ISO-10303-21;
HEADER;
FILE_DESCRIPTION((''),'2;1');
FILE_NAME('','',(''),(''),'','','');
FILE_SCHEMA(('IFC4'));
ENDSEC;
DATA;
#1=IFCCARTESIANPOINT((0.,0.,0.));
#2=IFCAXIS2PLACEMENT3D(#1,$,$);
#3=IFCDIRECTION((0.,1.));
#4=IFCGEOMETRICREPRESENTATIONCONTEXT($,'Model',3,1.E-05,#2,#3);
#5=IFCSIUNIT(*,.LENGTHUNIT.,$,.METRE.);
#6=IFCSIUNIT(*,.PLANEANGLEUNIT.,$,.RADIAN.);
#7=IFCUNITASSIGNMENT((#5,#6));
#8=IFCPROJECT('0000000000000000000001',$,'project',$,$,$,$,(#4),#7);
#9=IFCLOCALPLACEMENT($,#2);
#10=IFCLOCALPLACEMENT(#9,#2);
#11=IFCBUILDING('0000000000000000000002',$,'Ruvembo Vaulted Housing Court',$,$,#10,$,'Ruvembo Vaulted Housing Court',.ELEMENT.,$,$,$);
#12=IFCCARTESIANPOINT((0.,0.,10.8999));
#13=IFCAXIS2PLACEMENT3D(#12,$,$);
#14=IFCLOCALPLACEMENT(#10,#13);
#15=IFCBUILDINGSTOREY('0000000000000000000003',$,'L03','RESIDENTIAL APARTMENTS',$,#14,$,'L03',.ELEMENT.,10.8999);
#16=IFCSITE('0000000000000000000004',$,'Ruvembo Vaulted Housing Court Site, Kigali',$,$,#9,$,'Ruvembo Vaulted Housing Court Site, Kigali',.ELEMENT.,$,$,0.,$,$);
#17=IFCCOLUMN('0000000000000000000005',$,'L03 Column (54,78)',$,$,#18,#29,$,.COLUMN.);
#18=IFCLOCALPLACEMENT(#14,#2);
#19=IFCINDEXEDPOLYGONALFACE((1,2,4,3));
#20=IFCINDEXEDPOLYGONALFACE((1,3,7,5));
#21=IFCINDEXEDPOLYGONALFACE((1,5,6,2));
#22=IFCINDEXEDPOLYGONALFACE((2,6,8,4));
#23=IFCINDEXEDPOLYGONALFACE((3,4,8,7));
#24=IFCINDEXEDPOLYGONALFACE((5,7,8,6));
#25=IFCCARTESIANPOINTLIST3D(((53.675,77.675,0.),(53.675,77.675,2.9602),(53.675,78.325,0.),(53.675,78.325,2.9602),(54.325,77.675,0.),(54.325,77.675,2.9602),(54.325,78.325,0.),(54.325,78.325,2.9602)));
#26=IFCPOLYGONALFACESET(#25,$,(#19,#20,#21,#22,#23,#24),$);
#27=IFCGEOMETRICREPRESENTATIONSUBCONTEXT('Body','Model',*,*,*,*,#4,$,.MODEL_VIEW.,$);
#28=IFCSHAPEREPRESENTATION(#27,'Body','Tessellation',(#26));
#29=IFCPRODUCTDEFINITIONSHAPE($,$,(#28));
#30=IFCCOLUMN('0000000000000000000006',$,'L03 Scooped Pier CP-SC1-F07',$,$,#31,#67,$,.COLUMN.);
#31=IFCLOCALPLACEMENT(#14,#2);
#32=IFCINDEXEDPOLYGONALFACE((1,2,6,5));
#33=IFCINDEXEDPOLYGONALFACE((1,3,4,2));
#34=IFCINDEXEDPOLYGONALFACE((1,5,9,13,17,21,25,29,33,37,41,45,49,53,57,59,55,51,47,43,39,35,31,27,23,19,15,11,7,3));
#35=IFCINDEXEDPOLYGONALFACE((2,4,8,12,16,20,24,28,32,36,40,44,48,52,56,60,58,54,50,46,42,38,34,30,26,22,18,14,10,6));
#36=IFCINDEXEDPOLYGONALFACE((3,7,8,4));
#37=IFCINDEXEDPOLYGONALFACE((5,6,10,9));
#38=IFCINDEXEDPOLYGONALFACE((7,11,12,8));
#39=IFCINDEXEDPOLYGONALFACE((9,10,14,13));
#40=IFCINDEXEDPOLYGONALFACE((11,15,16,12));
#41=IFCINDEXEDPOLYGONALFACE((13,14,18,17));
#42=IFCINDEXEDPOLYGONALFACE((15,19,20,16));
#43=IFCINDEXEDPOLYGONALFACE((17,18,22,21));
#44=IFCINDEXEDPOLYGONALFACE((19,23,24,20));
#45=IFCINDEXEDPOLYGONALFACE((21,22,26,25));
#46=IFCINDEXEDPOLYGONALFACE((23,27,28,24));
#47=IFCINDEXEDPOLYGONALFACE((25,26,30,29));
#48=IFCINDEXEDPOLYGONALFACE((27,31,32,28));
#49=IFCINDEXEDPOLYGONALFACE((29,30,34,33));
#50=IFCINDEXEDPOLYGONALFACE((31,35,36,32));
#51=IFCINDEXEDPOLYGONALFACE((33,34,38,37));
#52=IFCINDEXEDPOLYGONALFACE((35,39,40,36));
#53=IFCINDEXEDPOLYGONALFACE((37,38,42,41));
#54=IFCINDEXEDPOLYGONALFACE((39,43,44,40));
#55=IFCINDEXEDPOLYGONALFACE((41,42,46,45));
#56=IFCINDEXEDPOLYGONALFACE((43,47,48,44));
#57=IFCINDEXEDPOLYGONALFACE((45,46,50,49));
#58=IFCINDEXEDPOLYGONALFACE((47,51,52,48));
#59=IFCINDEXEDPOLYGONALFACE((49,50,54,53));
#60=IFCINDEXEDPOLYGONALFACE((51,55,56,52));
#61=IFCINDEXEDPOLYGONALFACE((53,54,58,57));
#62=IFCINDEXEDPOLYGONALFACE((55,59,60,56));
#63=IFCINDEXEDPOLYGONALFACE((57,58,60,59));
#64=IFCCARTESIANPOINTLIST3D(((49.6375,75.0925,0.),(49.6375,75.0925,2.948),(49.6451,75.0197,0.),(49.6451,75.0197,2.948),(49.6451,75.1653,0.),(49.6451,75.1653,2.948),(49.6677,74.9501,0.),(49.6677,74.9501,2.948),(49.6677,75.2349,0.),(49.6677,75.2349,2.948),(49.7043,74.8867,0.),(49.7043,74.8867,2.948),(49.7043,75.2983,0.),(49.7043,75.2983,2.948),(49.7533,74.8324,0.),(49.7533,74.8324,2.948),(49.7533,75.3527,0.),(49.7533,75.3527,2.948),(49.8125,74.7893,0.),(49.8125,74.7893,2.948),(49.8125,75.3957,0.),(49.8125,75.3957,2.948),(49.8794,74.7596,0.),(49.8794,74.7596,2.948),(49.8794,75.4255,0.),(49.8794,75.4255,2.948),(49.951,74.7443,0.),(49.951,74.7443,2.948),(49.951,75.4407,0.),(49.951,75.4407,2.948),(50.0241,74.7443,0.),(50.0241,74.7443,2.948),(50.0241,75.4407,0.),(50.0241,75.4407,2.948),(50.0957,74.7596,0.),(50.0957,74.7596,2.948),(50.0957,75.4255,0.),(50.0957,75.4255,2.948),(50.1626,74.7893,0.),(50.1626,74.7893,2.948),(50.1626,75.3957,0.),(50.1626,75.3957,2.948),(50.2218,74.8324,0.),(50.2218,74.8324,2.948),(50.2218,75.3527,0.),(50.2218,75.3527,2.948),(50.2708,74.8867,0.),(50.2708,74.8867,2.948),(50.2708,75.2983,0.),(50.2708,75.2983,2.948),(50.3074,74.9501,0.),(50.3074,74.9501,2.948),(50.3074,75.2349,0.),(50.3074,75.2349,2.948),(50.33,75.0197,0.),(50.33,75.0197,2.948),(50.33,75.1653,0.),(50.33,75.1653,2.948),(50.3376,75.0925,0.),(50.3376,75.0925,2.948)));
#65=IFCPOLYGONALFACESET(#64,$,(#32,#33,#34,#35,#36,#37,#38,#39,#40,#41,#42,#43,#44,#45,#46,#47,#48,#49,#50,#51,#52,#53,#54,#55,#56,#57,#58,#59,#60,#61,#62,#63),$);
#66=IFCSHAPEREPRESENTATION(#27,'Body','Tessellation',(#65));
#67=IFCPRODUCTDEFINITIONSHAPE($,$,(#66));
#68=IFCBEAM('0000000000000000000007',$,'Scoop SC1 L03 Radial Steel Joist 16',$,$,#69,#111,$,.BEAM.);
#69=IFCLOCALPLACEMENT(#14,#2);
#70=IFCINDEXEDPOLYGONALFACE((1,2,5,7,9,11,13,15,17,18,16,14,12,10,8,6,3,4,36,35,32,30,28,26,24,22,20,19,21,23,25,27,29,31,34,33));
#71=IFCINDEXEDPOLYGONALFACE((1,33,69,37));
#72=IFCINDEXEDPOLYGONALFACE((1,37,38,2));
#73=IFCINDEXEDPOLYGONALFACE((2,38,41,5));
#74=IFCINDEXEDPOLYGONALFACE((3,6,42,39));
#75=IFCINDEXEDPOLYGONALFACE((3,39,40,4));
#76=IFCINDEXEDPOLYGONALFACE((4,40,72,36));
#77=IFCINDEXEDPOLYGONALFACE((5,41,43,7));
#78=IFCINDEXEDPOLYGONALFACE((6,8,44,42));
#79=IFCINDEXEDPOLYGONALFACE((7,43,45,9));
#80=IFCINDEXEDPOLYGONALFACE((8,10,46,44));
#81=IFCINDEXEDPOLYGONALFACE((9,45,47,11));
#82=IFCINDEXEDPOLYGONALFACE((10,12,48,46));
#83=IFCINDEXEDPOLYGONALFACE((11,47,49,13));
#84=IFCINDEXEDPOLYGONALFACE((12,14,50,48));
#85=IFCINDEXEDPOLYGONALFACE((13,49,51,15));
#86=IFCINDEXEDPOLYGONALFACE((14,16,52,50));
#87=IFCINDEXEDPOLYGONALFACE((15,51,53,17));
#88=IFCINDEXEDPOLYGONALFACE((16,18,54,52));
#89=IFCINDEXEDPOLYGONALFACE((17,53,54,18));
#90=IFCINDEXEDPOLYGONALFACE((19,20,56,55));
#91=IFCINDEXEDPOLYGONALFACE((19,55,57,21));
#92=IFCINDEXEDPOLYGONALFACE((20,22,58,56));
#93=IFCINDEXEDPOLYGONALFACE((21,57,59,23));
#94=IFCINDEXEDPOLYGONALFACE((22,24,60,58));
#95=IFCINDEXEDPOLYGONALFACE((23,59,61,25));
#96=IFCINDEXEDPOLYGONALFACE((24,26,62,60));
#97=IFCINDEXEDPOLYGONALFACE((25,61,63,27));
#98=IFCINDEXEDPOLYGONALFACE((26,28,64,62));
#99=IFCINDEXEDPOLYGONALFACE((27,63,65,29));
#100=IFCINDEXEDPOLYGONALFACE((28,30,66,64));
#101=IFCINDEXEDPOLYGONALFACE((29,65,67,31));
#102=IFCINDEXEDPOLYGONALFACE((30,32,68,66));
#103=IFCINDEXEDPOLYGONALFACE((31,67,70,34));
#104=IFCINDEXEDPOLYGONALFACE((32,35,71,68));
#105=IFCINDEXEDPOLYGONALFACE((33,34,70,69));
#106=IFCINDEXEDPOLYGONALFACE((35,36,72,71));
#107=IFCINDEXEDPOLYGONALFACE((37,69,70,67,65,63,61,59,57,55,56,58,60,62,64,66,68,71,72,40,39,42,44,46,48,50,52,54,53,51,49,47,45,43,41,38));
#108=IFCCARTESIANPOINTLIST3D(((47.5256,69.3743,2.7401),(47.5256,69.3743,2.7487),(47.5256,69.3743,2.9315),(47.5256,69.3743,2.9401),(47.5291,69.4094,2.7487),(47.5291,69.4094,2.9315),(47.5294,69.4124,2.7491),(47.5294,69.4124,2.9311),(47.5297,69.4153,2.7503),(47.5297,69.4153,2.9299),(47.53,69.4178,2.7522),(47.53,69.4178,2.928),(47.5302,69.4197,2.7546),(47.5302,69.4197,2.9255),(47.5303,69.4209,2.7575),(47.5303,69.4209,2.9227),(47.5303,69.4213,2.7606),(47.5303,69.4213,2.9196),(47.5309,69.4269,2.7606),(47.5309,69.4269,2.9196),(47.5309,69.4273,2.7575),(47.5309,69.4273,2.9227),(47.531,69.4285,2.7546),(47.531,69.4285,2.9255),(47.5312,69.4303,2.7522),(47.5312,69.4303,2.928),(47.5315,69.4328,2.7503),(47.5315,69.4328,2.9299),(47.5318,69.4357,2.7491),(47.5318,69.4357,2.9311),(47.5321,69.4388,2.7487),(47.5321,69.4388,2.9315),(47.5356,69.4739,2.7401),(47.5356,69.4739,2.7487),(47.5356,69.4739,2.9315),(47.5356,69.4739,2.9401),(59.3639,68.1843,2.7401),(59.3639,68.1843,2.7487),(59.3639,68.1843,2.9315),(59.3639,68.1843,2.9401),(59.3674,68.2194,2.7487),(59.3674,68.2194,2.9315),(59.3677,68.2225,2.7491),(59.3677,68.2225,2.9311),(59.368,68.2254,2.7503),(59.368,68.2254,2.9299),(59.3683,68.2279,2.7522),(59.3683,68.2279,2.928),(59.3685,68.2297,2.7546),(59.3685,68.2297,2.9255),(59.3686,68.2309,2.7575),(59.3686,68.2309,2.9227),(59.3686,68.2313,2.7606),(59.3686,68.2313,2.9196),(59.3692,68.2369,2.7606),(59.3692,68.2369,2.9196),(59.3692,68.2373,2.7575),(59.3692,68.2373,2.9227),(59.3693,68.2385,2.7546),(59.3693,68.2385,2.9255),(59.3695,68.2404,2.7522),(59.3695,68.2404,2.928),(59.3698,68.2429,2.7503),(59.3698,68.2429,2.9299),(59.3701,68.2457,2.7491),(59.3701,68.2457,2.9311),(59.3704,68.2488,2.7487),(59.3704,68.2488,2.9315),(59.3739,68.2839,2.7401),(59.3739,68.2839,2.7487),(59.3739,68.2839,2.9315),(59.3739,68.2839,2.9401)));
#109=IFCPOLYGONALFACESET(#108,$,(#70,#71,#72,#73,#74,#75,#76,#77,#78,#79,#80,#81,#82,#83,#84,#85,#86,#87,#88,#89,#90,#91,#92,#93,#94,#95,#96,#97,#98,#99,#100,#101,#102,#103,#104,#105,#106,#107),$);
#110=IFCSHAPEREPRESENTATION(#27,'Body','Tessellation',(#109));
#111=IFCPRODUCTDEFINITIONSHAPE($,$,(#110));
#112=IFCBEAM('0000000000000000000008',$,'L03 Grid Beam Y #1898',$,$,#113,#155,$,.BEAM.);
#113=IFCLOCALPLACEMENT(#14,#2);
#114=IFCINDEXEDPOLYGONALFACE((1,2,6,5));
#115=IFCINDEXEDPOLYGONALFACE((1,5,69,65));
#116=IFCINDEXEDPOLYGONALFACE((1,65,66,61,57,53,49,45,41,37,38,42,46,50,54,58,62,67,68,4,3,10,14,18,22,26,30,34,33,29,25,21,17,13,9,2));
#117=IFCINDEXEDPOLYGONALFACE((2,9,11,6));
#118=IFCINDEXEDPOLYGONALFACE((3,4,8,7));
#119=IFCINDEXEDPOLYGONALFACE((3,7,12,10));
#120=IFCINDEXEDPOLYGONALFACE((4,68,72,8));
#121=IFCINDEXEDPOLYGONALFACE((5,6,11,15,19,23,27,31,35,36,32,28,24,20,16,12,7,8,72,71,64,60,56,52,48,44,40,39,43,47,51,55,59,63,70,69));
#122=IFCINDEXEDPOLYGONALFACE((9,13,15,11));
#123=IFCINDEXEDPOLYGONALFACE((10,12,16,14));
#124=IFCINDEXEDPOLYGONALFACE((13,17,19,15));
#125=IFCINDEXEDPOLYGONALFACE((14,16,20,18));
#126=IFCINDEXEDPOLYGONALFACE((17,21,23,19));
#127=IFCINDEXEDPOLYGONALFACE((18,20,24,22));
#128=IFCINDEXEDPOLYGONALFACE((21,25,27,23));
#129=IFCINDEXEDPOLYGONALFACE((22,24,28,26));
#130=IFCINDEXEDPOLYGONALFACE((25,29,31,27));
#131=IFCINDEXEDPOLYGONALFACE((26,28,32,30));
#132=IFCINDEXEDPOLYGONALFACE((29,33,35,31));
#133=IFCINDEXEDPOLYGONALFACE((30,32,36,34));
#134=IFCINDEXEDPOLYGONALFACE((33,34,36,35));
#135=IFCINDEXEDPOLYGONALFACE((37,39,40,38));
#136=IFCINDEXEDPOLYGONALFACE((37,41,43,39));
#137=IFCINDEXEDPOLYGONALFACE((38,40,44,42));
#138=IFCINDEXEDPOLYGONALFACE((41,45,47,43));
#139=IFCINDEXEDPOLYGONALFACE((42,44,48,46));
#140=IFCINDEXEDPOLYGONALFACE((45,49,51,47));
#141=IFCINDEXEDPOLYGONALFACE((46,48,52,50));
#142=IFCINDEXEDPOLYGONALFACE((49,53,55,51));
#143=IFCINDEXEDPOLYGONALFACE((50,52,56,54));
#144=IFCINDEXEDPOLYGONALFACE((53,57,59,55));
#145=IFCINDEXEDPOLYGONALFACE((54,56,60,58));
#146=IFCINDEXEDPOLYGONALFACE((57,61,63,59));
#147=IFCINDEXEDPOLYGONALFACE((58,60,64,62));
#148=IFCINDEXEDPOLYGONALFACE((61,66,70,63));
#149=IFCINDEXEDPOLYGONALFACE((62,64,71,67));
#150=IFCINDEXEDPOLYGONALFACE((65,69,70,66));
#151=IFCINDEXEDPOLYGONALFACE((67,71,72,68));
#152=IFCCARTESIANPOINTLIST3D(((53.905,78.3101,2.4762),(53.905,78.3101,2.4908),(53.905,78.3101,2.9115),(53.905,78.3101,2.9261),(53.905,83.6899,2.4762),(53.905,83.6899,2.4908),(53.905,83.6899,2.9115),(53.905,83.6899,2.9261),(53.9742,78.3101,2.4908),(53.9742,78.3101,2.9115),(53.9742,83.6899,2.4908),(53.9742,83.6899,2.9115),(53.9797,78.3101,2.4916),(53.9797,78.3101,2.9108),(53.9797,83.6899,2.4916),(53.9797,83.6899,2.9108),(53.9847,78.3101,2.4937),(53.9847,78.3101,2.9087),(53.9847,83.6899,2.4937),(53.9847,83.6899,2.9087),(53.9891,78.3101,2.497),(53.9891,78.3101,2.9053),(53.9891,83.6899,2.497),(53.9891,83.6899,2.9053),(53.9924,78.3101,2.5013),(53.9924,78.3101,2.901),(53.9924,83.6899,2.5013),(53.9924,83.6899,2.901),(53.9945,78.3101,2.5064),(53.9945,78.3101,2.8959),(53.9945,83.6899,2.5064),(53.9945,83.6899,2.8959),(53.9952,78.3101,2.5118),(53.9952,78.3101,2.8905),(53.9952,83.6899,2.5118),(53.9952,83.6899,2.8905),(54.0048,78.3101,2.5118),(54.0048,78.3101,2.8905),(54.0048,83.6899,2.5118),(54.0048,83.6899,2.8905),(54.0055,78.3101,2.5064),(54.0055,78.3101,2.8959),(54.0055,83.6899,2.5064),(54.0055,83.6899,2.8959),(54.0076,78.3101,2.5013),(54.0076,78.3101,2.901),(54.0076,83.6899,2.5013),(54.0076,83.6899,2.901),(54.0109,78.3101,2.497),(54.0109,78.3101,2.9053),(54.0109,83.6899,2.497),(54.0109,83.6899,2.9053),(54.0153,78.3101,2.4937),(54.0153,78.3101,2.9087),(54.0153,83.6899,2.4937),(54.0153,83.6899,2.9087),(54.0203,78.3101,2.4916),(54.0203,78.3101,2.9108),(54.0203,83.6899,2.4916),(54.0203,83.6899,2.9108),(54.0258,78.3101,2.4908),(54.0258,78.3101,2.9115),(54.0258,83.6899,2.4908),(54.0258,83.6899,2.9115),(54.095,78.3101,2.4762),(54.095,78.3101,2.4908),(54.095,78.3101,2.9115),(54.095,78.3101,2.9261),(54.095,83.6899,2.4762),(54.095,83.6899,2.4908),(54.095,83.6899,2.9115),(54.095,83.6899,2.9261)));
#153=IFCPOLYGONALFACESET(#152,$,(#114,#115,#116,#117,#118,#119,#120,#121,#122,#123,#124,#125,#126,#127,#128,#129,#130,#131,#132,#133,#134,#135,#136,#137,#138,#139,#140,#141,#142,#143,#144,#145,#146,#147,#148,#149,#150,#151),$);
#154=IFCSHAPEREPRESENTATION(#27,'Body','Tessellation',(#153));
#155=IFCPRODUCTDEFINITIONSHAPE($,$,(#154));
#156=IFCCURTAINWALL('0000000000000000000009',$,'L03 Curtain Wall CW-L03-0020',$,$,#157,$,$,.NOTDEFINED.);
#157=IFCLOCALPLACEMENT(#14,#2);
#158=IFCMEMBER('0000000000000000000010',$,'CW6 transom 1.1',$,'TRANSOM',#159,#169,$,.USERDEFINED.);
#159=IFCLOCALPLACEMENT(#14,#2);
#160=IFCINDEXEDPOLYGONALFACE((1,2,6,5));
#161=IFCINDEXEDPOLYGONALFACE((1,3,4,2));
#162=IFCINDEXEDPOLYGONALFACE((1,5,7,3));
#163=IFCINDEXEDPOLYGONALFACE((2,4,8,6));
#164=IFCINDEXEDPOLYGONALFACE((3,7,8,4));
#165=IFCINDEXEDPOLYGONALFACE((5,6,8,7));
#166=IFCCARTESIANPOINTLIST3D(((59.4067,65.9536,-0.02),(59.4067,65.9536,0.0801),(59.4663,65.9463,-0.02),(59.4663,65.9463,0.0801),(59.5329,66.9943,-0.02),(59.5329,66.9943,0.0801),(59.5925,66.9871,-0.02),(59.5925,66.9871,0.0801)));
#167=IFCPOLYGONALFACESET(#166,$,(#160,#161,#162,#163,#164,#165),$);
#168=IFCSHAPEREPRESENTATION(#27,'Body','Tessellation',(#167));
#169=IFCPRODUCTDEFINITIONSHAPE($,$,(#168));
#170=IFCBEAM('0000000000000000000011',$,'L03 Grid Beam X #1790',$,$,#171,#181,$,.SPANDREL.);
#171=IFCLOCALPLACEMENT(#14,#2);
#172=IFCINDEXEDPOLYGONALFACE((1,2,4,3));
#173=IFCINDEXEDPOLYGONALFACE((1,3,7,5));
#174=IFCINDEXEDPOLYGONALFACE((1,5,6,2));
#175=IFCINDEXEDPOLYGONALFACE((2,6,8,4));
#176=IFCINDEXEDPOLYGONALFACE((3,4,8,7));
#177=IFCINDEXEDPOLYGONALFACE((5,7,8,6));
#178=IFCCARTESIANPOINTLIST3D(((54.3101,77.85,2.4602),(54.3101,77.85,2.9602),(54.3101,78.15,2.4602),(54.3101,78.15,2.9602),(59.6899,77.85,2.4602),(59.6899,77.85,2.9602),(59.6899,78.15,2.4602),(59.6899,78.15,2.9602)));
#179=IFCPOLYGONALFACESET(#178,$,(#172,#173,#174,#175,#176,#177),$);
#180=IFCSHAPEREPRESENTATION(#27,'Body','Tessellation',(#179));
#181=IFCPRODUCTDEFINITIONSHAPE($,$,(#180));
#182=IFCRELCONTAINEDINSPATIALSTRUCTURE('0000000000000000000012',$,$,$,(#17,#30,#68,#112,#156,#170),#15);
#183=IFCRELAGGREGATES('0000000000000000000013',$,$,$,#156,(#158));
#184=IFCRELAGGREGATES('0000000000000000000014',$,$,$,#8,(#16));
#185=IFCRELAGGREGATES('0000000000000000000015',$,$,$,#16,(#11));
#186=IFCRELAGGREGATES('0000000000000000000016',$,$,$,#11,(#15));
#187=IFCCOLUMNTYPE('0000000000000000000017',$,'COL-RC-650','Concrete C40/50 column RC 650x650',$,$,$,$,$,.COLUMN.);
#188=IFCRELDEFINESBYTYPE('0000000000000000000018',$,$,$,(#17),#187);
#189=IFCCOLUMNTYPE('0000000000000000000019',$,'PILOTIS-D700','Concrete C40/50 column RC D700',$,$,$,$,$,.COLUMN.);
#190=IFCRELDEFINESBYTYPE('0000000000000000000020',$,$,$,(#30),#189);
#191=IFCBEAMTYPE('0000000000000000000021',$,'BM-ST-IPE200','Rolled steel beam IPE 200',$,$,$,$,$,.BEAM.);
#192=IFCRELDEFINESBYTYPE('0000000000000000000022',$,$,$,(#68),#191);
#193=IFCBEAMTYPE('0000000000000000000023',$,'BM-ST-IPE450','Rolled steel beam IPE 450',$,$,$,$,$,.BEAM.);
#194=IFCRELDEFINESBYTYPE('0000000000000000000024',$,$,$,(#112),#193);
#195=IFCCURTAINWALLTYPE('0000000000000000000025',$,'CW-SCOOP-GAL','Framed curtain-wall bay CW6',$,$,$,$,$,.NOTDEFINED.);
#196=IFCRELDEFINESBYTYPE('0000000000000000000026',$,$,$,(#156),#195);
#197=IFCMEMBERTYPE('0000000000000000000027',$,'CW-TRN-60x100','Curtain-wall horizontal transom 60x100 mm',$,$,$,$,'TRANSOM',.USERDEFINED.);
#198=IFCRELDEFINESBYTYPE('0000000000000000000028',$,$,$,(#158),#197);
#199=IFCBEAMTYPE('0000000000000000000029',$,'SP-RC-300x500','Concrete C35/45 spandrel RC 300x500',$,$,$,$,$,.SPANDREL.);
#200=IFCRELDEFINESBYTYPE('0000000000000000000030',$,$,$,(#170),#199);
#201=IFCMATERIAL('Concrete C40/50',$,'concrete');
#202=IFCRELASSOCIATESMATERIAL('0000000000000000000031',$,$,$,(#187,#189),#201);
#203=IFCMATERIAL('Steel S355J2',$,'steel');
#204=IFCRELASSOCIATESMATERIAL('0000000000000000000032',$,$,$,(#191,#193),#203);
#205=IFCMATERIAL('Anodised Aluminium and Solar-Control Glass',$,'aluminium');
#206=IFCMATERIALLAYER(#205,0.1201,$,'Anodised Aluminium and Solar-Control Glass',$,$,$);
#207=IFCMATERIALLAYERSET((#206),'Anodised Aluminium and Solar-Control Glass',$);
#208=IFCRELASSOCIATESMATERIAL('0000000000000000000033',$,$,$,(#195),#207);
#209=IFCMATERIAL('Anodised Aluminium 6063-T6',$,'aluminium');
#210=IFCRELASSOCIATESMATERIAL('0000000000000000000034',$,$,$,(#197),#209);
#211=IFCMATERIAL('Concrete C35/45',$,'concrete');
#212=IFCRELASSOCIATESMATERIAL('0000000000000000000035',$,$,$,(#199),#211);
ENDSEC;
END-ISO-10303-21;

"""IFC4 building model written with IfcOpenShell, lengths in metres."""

from ifc_helpers import new_model, si_unit, direction, frame, origin, origin_2d, place, context, subcontext, project, spatial, rectangle, circle, i_section, extrude, material, layer, layer_set, material_profile, profile_set, type_object, element, aggregate, save


model = new_model("IFC4")

# Units and contexts
model_context = context("Model", 3, precision=1e-05, world=origin(), true_north=direction((0.0, 1.0)))
body_context = subcontext(model_context, "Body", "Model", "MODEL_VIEW")
ifc_project = project(units=[si_unit("LENGTHUNIT", "METRE"), si_unit("PLANEANGLEUNIT", "RADIAN")], contexts=[model_context])

# Site, building, storey
site_placement = place(None, origin())
site = spatial("IfcSite", under=ifc_project, at=site_placement, Name="Ruvembo Vaulted Housing Court Site, Kigali", LongName="Ruvembo Vaulted Housing Court Site, Kigali", CompositionType="ELEMENT", RefElevation=0.0)
building_placement = place(site_placement, origin())
building = spatial("IfcBuilding", under=site, at=building_placement, Name="Ruvembo Vaulted Housing Court", LongName="Ruvembo Vaulted Housing Court", CompositionType="ELEMENT")
storey_placement = place(building_placement, frame((0.0, 0.0, 10.8999)))
storey = spatial("IfcBuildingStorey", under=building, at=storey_placement, Name="L03", Description="RESIDENTIAL APARTMENTS", LongName="L03", CompositionType="ELEMENT", Elevation=10.8999)

# Columns
ifc_material_1 = material(Name="Concrete C40/50", Category="concrete")
ifc_material_profile_1 = material_profile(ifc_material_1, rectangle(XDim=0.6499, YDim=0.6499, at=origin_2d()), Name="RC 650x650")
ifc_profile_set_1 = profile_set([ifc_material_profile_1], Name="Concrete C40/50")
column_type_1 = type_object("IfcColumnType", Name="COL-RC-650", Description="Concrete C40/50 column RC 650x650", PredefinedType="COLUMN", material=ifc_profile_set_1)
column_1_placement = place(storey_placement, frame((54.0, 78.0, 0.0), z_axis=(0.0, 0.0, 1.0), x_axis=(1.0, 0.0, 0.0)))
element("IfcColumn", 1, at=column_1_placement, inside=storey, type_object=column_type_1, Name="L03 Column (54,78)", PredefinedType="COLUMN", context=body_context, shape_type="SweptSolid", body=[
    extrude(rectangle(XDim=0.6499, YDim=0.6499, at=origin_2d()), origin(), (0.0, 0.0, 1.0), 2.9602),
])
ifc_material_profile_2 = material_profile(ifc_material_1, circle(Radius=0.3501, at=origin_2d()), Name="RC D700")
ifc_profile_set_2 = profile_set([ifc_material_profile_2], Name="Concrete C40/50")
column_type_2 = type_object("IfcColumnType", Name="PILOTIS-D700", Description="Concrete C40/50 column RC D700", PredefinedType="COLUMN", material=ifc_profile_set_2)
column_2_placement = place(storey_placement, frame((49.9875, 75.0925, 0.0), z_axis=(0.0, 0.0, 1.0), x_axis=(1.0, 0.0, 0.0)))
element("IfcColumn", 2, at=column_2_placement, inside=storey, type_object=column_type_2, Name="L03 Scooped Pier CP-SC1-F07", PredefinedType="COLUMN", context=body_context, shape_type="SweptSolid", body=[
    extrude(circle(Radius=0.3501, at=origin_2d()), origin(), (0.0, 0.0, 1.0), 2.948),
])

# Beams
ifc_material_2 = material(Name="Steel S355J2", Category="steel")
ifc_material_profile_3 = material_profile(ifc_material_2, i_section(OverallWidth=0.1001, OverallDepth=0.2, WebThickness=0.0056, FlangeThickness=0.0085, FilletRadius=0.012, at=origin_2d()), Name="IPE 200")
ifc_profile_set_3 = profile_set([ifc_material_profile_3], Name="Steel S355J2")
beam_type_1 = type_object("IfcBeamType", Name="BM-ST-IPE200", Description="Rolled steel beam IPE 200", PredefinedType="BEAM", material=ifc_profile_set_3)
beam_1_placement = place(storey_placement, frame((59.3689, 68.2341, 2.8401), z_axis=(-0.994986, 0.100012, 0.0), x_axis=(-0.100012, -0.994986, 0.0)))
element("IfcBeam", 3, at=beam_1_placement, inside=storey, type_object=beam_type_1, Name="Scoop SC1 L03 Radial Steel Joist 16", PredefinedType="BEAM", context=body_context, shape_type="SweptSolid", body=[
    extrude(i_section(OverallWidth=0.1001, OverallDepth=0.2, WebThickness=0.0056, FlangeThickness=0.0085, FilletRadius=0.012, at=origin_2d()), origin(), (0.0, 0.0, 1.0), 11.8979),
])
ifc_material_profile_4 = material_profile(ifc_material_2, i_section(OverallWidth=0.1899, OverallDepth=0.45, WebThickness=0.0095, FlangeThickness=0.0146, FilletRadius=0.021, at=origin_2d()), Name="IPE 450")
ifc_profile_set_4 = profile_set([ifc_material_profile_4], Name="Steel S355J2")
beam_type_2 = type_object("IfcBeamType", Name="BM-ST-IPE450", Description="Rolled steel beam IPE 450", PredefinedType="BEAM", material=ifc_profile_set_4)
beam_2_placement = place(storey_placement, frame((54.0, 78.3101, 2.7012), z_axis=(0.0, 1.0, 0.0), x_axis=(-1.0, 0.0, 0.0)))
element("IfcBeam", 4, at=beam_2_placement, inside=storey, type_object=beam_type_2, Name="L03 Grid Beam Y #1898", PredefinedType="BEAM", context=body_context, shape_type="SweptSolid", body=[
    extrude(i_section(OverallWidth=0.1899, OverallDepth=0.45, WebThickness=0.0095, FlangeThickness=0.0146, FilletRadius=0.021, at=origin_2d()), origin(), (0.0, 0.0, 1.0), 5.3799),
])

# Curtain wall, member
ifc_material_3 = material(Name="Anodised Aluminium and Solar-Control Glass", Category="aluminium")
ifc_layer_1 = layer(ifc_material_3, 0.1201, Name="Anodised Aluminium and Solar-Control Glass")
ifc_layer_set_1 = layer_set([ifc_layer_1], Name="Anodised Aluminium and Solar-Control Glass")
curtain_wall_type = type_object("IfcCurtainWallType", Name="CW-SCOOP-GAL", Description="Framed curtain-wall bay CW6", PredefinedType="NOTDEFINED", material=ifc_layer_set_1)
curtain_wall_placement = place(storey_placement, origin())
curtain_wall = element("IfcCurtainWall", 5, at=curtain_wall_placement, inside=storey, type_object=curtain_wall_type, Name="L03 Curtain Wall CW-L03-0020", PredefinedType="NOTDEFINED")
ifc_material_4 = material(Name="Anodised Aluminium 6063-T6", Category="aluminium")
ifc_material_profile_5 = material_profile(ifc_material_4, rectangle(XDim=0.0601, YDim=0.1001, at=origin_2d()), Name="ALU 60x100")
ifc_profile_set_5 = profile_set([ifc_material_profile_5], Name="Anodised Aluminium 6063-T6")
member_type = type_object("IfcMemberType", Name="CW-TRN-60x100", Description="Curtain-wall horizontal transom 60x100 mm", ElementType="TRANSOM", PredefinedType="USERDEFINED", material=ifc_profile_set_5)
member_placement = place(storey_placement, frame((59.4365, 65.95, 0.03), z_axis=(0.120394, 0.992726, 0.0), x_axis=(-0.992726, 0.120394, 0.0)))
member = element("IfcMember", 6, at=member_placement, type_object=member_type, Name="CW6 transom 1.1", ObjectType="TRANSOM", PredefinedType="USERDEFINED", context=body_context, shape_type="SweptSolid", body=[
    extrude(rectangle(XDim=0.0601, YDim=0.1001, at=origin_2d()), origin(), (0.0, 0.0, 1.0), 1.0483),
])
aggregate(curtain_wall, [member])

# Beam
ifc_material_5 = material(Name="Concrete C35/45", Category="concrete")
ifc_material_profile_6 = material_profile(ifc_material_5, rectangle(XDim=0.3, YDim=0.5, at=origin_2d()), Name="RC 300x500")
ifc_profile_set_6 = profile_set([ifc_material_profile_6], Name="Concrete C35/45")
beam_type_3 = type_object("IfcBeamType", Name="SP-RC-300x500", Description="Concrete C35/45 spandrel RC 300x500", PredefinedType="SPANDREL", material=ifc_profile_set_6)
beam_3_placement = place(storey_placement, frame((54.3101, 78.0, 2.7102), z_axis=(1.0, 0.0, 0.0), x_axis=(0.0, 1.0, 0.0)))
element("IfcBeam", 7, at=beam_3_placement, inside=storey, type_object=beam_type_3, Name="L03 Grid Beam X #1790", PredefinedType="SPANDREL", context=body_context, shape_type="SweptSolid", body=[
    extrude(rectangle(XDim=0.3, YDim=0.5, at=origin_2d()), origin(), (0.0, 0.0, 1.0), 5.3799),
])

save(model, "model.ifc")
